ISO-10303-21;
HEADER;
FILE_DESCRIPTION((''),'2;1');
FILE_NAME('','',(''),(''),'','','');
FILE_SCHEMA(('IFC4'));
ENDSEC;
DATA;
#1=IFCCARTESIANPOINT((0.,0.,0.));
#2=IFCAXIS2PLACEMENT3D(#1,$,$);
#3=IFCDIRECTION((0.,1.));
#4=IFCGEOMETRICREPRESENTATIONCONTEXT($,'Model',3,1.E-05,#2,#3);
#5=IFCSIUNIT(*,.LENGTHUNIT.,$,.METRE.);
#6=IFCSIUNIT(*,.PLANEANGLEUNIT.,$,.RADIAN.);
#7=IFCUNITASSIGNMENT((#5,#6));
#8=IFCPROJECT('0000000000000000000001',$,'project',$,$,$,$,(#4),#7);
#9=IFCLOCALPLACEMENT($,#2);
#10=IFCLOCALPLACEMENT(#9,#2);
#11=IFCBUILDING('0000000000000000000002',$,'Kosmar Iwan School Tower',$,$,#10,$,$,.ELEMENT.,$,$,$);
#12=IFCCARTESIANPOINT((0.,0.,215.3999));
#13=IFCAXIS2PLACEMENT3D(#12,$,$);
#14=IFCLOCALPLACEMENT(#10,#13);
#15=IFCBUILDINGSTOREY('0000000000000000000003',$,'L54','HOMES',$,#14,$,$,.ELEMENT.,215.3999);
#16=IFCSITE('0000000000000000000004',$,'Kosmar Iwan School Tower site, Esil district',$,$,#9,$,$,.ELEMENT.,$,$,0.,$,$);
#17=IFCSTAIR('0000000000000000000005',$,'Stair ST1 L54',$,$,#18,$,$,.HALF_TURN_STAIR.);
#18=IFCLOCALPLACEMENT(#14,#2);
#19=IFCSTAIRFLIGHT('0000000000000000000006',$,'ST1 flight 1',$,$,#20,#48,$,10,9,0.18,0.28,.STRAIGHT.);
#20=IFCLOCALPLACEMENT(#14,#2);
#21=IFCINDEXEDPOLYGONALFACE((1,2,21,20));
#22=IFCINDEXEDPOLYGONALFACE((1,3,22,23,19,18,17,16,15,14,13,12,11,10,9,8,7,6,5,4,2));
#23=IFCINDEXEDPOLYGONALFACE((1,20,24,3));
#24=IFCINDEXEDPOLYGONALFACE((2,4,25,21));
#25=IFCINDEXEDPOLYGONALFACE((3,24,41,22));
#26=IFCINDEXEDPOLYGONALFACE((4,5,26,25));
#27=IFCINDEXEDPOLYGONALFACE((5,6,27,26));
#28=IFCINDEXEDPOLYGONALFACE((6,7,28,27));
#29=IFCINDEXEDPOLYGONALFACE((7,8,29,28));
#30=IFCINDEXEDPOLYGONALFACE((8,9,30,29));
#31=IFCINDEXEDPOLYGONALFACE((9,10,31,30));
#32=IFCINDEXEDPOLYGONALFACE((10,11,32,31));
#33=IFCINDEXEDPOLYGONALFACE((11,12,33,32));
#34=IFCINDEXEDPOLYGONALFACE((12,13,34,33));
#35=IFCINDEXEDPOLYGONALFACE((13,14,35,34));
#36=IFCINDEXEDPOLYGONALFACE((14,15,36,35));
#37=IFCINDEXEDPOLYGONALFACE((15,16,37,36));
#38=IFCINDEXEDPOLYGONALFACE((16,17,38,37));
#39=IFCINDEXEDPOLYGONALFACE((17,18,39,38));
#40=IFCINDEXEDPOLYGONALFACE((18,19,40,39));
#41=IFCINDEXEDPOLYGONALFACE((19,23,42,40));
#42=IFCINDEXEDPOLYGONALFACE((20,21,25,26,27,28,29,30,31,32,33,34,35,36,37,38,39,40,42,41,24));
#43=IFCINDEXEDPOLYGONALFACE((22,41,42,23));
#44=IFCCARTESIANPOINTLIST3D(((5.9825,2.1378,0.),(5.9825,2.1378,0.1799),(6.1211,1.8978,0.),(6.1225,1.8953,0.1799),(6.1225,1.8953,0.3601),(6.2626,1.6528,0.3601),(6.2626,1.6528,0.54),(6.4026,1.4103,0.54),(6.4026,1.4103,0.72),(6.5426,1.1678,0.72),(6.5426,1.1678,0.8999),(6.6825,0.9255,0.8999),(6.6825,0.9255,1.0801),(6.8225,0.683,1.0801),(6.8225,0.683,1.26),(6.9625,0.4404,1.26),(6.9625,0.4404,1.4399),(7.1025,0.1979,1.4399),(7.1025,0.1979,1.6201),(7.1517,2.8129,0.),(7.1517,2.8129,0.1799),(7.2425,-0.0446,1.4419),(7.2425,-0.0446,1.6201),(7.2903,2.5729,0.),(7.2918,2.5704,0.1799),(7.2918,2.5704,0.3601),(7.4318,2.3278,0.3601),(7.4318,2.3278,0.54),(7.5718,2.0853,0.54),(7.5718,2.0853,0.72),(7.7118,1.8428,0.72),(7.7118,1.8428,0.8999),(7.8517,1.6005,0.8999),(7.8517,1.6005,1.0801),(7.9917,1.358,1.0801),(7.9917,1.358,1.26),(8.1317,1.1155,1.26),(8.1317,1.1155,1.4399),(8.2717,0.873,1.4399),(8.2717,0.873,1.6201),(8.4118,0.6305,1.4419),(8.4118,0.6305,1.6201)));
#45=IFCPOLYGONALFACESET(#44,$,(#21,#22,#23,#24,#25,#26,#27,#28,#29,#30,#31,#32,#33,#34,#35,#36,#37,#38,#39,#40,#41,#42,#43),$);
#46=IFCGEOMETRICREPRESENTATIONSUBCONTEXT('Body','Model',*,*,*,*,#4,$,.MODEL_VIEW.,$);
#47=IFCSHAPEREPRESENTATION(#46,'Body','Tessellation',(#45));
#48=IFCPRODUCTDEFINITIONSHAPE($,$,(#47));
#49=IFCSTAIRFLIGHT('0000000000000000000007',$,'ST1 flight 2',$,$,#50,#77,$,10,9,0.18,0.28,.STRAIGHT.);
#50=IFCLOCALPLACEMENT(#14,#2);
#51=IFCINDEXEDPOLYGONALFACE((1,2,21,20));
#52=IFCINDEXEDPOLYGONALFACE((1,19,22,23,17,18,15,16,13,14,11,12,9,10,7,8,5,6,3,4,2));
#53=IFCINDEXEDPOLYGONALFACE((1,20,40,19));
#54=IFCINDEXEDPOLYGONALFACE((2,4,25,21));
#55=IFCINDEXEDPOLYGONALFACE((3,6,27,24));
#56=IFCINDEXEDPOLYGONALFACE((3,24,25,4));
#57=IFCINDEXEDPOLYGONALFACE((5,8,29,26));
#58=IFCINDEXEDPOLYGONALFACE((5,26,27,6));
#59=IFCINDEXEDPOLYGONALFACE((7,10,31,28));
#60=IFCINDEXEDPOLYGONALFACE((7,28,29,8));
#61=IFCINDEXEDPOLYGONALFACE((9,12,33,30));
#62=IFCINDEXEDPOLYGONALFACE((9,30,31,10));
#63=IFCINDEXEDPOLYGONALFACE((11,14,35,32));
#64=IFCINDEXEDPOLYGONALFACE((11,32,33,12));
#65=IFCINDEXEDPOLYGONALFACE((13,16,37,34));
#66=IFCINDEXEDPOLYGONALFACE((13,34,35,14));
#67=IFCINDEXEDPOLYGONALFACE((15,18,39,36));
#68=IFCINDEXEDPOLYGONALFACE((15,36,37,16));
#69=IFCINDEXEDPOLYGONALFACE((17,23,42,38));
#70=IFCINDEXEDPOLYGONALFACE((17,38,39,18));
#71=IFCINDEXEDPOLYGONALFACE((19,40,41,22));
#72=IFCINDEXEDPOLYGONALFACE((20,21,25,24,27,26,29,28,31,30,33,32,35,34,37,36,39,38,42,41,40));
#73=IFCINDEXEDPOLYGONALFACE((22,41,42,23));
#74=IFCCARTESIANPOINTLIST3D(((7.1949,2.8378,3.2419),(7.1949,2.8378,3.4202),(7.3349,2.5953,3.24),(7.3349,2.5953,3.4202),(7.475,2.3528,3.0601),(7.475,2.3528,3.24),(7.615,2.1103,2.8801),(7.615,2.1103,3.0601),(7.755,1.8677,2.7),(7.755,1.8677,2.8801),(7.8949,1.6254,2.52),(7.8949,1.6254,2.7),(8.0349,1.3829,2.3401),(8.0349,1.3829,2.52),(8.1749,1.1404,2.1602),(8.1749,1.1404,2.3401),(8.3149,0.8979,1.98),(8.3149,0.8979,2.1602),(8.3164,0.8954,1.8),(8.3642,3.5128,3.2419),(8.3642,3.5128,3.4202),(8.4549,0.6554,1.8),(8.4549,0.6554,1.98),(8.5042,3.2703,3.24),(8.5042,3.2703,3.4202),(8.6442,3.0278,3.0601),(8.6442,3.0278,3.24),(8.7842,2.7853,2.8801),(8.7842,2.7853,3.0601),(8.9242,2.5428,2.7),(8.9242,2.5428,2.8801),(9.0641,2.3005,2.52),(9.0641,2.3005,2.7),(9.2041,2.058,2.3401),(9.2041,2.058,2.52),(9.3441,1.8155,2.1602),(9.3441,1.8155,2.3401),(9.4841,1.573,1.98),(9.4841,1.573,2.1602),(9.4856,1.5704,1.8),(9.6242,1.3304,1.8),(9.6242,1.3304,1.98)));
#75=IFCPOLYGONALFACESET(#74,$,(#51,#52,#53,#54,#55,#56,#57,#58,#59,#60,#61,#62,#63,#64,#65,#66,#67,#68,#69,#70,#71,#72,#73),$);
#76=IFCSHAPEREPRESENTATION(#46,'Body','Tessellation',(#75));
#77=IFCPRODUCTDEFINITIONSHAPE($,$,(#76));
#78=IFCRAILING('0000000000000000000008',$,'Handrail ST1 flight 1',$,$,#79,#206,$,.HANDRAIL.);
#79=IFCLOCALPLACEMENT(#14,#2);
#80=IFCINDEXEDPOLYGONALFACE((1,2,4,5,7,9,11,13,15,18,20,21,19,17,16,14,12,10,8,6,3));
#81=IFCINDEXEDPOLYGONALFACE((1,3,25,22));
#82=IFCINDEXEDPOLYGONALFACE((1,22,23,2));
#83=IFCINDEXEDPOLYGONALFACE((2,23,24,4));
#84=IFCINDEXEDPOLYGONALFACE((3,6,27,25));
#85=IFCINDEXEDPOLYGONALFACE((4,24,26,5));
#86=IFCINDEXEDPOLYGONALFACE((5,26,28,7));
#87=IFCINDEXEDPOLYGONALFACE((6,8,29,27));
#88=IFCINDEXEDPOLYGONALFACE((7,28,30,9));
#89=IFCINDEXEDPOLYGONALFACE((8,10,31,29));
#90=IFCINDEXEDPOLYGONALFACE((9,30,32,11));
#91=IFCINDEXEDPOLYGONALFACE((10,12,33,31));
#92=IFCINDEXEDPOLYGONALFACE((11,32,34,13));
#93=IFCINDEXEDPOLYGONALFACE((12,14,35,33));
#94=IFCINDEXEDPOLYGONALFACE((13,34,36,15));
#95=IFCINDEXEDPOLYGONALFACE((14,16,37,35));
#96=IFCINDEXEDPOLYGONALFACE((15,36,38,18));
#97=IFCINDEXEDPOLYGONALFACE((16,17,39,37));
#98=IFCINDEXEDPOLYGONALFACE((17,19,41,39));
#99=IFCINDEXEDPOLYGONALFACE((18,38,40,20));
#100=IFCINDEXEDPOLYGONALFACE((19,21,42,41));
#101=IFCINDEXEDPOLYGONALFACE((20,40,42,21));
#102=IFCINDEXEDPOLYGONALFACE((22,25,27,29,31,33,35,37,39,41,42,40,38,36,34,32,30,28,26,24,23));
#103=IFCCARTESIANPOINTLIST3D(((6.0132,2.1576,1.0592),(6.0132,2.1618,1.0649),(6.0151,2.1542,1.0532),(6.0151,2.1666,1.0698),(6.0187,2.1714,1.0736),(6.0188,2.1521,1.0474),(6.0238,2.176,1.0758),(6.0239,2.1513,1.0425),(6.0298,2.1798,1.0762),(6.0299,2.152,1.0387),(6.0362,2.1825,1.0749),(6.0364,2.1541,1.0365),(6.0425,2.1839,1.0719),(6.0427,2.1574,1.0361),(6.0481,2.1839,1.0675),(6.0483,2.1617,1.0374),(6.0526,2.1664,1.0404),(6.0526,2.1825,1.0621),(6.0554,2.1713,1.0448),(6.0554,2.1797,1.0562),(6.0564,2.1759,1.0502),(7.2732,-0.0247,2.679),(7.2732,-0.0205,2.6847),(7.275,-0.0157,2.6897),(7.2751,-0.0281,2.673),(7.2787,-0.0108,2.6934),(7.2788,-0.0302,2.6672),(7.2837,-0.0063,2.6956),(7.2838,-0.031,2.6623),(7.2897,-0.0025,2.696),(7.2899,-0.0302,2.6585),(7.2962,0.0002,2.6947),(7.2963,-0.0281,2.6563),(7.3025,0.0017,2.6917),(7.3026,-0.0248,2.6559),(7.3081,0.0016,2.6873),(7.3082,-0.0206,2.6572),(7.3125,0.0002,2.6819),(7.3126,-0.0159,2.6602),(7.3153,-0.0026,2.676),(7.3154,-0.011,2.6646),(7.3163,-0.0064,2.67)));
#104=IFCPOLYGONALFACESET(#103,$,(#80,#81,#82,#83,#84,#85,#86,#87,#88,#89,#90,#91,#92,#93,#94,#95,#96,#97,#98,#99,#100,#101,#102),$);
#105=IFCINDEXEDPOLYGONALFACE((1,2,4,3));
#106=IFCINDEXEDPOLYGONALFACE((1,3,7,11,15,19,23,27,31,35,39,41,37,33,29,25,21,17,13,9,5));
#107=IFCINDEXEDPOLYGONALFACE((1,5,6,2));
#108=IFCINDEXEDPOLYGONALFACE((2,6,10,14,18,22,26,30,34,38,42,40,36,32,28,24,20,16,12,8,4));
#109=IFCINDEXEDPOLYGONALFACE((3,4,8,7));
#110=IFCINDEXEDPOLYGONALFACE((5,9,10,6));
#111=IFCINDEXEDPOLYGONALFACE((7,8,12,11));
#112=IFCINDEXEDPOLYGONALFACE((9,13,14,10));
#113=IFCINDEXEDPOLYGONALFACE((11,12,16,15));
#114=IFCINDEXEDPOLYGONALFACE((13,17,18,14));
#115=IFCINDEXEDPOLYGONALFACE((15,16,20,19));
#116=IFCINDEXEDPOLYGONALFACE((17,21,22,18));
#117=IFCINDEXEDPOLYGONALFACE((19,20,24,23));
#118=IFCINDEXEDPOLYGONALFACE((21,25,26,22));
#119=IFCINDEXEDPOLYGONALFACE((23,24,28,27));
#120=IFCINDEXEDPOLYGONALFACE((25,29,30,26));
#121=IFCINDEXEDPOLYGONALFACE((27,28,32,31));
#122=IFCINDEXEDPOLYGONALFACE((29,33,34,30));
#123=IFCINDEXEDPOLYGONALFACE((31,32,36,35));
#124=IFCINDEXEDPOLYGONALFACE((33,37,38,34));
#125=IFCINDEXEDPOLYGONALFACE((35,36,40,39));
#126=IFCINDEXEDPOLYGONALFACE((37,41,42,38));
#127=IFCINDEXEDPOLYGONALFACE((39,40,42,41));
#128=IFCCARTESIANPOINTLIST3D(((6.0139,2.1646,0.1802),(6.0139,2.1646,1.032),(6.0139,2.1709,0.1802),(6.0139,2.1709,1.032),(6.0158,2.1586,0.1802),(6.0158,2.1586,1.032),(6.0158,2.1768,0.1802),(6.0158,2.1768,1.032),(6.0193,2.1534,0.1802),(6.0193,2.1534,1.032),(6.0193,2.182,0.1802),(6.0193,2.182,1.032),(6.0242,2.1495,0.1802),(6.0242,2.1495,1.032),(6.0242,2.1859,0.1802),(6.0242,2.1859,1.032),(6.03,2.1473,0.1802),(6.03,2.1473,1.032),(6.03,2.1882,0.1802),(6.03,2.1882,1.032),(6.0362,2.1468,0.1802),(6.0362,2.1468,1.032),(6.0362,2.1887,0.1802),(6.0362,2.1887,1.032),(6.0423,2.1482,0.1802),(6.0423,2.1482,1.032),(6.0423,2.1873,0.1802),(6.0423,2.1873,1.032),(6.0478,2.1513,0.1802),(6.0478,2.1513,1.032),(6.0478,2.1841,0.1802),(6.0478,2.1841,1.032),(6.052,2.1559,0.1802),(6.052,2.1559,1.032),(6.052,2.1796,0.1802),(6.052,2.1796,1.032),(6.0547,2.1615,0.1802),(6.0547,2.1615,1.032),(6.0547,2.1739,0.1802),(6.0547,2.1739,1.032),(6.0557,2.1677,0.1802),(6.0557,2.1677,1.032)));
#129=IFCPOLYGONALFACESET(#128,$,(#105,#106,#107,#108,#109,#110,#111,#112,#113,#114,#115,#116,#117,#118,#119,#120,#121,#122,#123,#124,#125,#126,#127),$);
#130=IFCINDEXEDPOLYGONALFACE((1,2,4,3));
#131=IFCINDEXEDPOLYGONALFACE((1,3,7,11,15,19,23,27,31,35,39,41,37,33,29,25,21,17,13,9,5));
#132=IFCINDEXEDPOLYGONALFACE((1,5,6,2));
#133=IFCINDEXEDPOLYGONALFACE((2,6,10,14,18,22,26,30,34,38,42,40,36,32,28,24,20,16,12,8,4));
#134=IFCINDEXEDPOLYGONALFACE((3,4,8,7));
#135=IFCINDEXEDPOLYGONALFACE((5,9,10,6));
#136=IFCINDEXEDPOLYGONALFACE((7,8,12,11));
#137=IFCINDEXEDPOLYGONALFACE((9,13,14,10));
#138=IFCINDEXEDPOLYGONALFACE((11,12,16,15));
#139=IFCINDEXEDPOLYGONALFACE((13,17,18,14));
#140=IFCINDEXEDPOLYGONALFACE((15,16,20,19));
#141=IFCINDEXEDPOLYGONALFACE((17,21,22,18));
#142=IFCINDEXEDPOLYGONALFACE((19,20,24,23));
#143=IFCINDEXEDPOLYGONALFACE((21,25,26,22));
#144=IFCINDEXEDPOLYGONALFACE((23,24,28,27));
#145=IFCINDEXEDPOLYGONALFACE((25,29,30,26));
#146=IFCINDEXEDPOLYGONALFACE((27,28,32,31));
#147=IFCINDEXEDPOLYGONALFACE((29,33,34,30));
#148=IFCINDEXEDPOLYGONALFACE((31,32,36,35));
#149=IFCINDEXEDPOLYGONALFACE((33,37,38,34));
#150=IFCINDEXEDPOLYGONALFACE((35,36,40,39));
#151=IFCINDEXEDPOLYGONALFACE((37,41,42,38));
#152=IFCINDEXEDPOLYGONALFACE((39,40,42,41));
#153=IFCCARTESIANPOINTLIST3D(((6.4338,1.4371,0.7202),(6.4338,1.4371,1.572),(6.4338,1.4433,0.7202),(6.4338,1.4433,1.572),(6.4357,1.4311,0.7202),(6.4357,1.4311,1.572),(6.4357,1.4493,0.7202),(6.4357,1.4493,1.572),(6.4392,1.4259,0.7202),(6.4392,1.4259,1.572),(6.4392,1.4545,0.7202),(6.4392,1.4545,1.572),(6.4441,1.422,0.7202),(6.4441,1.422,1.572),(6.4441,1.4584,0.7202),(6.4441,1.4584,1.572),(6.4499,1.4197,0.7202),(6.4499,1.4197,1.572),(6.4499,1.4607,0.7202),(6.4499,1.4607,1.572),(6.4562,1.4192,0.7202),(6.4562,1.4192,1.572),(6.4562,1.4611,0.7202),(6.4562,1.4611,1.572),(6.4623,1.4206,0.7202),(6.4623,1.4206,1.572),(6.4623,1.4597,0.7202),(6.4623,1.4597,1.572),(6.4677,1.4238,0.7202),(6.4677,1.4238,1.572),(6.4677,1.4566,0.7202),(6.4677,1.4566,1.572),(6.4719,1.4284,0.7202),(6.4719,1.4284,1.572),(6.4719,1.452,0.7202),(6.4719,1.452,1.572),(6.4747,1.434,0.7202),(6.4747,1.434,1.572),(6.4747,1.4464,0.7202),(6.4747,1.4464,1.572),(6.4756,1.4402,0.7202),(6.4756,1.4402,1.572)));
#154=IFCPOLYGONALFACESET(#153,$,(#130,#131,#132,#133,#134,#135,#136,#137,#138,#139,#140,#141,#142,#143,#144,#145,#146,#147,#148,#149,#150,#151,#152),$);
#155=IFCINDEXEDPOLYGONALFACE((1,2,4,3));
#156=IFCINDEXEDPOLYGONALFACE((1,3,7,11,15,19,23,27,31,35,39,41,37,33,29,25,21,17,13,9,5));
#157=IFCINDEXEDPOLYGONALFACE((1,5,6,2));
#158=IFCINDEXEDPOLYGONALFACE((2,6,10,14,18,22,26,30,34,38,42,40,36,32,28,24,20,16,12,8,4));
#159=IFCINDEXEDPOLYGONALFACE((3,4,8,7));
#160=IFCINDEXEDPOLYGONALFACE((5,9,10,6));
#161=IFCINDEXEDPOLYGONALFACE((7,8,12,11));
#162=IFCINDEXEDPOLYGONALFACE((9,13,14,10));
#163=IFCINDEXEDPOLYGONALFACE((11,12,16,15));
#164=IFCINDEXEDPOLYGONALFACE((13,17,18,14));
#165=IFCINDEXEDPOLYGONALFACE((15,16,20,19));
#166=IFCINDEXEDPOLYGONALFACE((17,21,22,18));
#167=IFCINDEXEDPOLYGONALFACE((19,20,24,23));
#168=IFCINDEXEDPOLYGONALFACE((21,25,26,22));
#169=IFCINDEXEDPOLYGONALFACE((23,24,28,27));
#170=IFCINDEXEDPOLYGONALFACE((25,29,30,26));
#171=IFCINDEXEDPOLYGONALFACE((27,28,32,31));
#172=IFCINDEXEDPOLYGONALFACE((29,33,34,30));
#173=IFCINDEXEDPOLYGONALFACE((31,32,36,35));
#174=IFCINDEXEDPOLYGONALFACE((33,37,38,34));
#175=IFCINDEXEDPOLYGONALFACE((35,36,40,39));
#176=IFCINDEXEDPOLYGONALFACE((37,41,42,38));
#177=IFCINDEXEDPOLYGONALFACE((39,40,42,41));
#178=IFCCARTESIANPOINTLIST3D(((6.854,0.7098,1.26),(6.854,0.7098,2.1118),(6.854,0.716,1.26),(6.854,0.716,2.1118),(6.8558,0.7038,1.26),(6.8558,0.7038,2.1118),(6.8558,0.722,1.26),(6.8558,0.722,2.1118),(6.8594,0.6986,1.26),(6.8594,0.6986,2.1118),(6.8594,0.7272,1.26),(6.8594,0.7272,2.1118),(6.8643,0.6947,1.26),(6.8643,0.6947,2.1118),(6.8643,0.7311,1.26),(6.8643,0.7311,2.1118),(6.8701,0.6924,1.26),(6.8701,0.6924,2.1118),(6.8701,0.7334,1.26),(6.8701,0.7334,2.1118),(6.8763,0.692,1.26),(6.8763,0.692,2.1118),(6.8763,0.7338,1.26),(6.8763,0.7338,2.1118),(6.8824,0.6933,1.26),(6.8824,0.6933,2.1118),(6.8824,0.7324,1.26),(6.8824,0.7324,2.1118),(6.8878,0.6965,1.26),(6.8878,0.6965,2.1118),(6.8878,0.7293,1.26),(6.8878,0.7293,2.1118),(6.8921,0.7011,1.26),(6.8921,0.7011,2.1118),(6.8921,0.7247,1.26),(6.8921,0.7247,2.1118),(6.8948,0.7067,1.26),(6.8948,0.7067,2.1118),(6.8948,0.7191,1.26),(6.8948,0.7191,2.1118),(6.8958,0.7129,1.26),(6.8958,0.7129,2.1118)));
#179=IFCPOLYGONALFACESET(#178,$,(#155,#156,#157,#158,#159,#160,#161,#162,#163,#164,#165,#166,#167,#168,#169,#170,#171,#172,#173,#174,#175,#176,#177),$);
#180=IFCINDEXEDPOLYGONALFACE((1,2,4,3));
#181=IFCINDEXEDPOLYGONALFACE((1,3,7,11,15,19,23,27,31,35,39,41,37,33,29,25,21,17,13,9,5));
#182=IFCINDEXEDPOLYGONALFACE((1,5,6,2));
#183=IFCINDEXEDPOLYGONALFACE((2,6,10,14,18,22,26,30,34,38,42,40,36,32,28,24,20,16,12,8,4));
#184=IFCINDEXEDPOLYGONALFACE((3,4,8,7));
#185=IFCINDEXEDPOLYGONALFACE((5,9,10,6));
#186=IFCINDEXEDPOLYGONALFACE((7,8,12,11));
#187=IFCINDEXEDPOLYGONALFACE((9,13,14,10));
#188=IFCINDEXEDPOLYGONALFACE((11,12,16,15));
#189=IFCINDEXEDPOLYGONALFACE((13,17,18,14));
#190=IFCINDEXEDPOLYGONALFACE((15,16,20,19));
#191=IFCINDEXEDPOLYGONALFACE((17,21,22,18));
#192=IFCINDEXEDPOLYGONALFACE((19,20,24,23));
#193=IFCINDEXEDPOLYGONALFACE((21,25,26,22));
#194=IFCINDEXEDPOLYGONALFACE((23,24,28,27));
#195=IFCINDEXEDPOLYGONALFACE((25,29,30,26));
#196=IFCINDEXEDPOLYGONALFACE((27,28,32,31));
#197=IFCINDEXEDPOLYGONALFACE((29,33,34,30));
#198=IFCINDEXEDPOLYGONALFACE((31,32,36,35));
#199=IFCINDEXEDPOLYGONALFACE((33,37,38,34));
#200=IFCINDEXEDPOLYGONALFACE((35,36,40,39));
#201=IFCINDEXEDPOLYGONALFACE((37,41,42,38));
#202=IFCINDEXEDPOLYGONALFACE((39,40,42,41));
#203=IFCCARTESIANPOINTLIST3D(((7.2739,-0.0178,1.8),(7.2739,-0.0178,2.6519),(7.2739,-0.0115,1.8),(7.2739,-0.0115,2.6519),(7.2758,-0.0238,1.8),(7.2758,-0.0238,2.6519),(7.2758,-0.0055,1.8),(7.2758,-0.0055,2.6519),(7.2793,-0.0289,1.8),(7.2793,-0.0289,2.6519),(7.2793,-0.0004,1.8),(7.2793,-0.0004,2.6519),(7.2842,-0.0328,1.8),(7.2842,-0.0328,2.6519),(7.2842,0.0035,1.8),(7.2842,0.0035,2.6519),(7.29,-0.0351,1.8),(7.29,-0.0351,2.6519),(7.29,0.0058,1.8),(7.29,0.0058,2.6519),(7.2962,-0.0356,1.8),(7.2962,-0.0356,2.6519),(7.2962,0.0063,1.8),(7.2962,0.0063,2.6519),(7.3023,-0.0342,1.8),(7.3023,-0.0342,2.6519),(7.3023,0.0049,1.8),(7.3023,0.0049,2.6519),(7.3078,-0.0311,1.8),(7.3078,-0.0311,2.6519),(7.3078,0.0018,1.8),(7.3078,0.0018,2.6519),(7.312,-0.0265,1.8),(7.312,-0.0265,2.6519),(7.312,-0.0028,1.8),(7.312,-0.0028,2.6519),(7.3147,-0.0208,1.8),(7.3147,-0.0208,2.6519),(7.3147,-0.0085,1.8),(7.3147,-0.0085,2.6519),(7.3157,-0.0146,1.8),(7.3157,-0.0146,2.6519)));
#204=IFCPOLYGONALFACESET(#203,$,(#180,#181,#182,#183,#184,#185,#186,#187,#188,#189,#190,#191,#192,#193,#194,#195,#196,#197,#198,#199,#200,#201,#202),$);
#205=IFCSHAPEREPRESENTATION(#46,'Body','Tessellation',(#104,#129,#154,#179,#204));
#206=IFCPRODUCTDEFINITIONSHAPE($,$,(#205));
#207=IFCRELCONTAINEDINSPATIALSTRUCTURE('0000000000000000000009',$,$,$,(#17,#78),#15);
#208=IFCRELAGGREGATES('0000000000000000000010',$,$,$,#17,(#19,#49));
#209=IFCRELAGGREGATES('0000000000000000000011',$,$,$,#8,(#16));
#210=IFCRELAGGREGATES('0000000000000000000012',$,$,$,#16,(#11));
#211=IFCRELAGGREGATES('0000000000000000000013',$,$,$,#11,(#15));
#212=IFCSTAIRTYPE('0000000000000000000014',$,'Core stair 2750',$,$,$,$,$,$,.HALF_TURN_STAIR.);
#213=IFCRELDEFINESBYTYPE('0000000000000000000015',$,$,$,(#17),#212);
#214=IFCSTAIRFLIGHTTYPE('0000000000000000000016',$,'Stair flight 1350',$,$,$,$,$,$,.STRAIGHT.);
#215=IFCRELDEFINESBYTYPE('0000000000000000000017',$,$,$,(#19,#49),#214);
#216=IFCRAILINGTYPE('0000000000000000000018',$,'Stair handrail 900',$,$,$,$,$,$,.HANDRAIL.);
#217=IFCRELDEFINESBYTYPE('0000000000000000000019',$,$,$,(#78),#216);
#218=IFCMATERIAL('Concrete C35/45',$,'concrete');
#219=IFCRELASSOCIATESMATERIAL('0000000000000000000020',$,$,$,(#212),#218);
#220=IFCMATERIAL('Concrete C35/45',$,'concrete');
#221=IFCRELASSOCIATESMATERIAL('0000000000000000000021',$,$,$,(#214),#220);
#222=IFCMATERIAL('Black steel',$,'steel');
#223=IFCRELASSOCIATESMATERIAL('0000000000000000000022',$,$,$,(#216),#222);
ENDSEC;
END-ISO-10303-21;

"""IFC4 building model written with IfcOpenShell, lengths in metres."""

from ifc_helpers import new_model, si_unit, direction, frame, origin, origin_2d, place, context, subcontext, project, spatial, polyline, circle, outline, extrude, material, type_object, element, aggregate, save


model = new_model("IFC4")

# Units and contexts
model_context = context("Model", 3, precision=1e-05, world=origin(), true_north=direction((0.0, 1.0)))
body_context = subcontext(model_context, "Body", "Model", "MODEL_VIEW")
ifc_project = project(units=[si_unit("LENGTHUNIT", "METRE"), si_unit("PLANEANGLEUNIT", "RADIAN")], contexts=[model_context])

# Site, building, storey
site_placement = place(None, origin())
site = spatial("IfcSite", under=ifc_project, at=site_placement, Name="Kosmar Iwan School Tower site, Esil district", CompositionType="ELEMENT", RefElevation=0.0)
building_placement = place(site_placement, origin())
building = spatial("IfcBuilding", under=site, at=building_placement, Name="Kosmar Iwan School Tower", CompositionType="ELEMENT")
storey_placement = place(building_placement, frame((0.0, 0.0, 215.3999)))
storey = spatial("IfcBuildingStorey", under=building, at=storey_placement, Name="L54", Description="HOMES", CompositionType="ELEMENT", Elevation=215.3999)

# Stair, stair flights
ifc_material_1 = material(Name="Concrete C35/45", Category="concrete")
stair_type = type_object("IfcStairType", Name="Core stair 2750", PredefinedType="HALF_TURN_STAIR", material=ifc_material_1)
stair_placement = place(storey_placement, origin())
stair = element("IfcStair", 1, at=stair_placement, inside=storey, type_object=stair_type, Name="Stair ST1 L54", PredefinedType="HALF_TURN_STAIR")
ifc_material_2 = material(Name="Concrete C35/45", Category="concrete")
stair_flight_type = type_object("IfcStairFlightType", Name="Stair flight 1350", PredefinedType="STRAIGHT", material=ifc_material_2)
stair_flight_1_placement = place(storey_placement, frame((6.5671, 2.4753, 0.0), z_axis=(0.0, 0.0, 1.0), x_axis=(0.5, -0.866025, 0.0)))
stair_flight_1 = element("IfcStairFlight", 2, at=stair_flight_1_placement, type_object=stair_flight_type, Name="ST1 flight 1", NumberOfRisers=10, NumberOfTreads=9, PredefinedType="STRAIGHT", RiserHeight=0.18, TreadLength=0.28, context=body_context, shape_type="SweptSolid", body=[
    extrude(outline(polyline([(0.0, 0.0), (0.0, 0.1799), (0.28, 0.1799), (0.28, 0.3601), (0.5601, 0.3601), (0.5601, 0.54), (0.8401, 0.54), (0.8401, 0.72), (1.1201, 0.72), (1.1201, 0.8999), (1.3999, 0.8999), (1.3999, 1.0801), (1.6799, 1.0801), (1.6799, 1.26), (1.96, 1.26), (1.96, 1.4399), (2.24, 1.4399), (2.24, 1.6201), (2.52, 1.6201), (2.52, 1.8), (2.52, 1.4419), (0.2771, 0.0), (0.0, 0.0)])), frame((0.0, 0.675, 0.0), z_axis=(0.0, -1.0, 0.0), x_axis=(1.0, 0.0, 0.0)), (0.0, 0.0, 1.0), 1.3501),
])
stair_flight_2_placement = place(storey_placement, frame((9.0396, 0.9929, 1.8), z_axis=(0.0, 0.0, 1.0), x_axis=(-0.5, 0.866025, 0.0)))
stair_flight_2 = element("IfcStairFlight", 3, at=stair_flight_2_placement, type_object=stair_flight_type, Name="ST1 flight 2", NumberOfRisers=10, NumberOfTreads=9, PredefinedType="STRAIGHT", RiserHeight=0.18, TreadLength=0.28, context=body_context, shape_type="SweptSolid", body=[
    extrude(outline(polyline([(0.0, 0.0), (0.0, 0.1799), (0.28, 0.1799), (0.28, 0.3601), (0.5601, 0.3601), (0.5601, 0.54), (0.8401, 0.54), (0.8401, 0.72), (1.1201, 0.72), (1.1201, 0.8999), (1.3999, 0.8999), (1.3999, 1.0801), (1.6799, 1.0801), (1.6799, 1.26), (1.96, 1.26), (1.96, 1.4399), (2.24, 1.4399), (2.24, 1.6201), (2.52, 1.6201), (2.52, 1.8), (2.52, 1.4419), (0.2771, 0.0), (0.0, 0.0)])), frame((0.0, 0.675, 0.0), z_axis=(0.0, -1.0, 0.0), x_axis=(1.0, 0.0, 0.0)), (0.0, 0.0, 1.0), 1.3501),
])
aggregate(stair, [stair_flight_1, stair_flight_2])

# Railing
ifc_material_3 = material(Name="Black steel", Category="steel")
railing_type = type_object("IfcRailingType", Name="Stair handrail 900", PredefinedType="HANDRAIL", material=ifc_material_3)
railing_1_placement = place(storey_placement, frame((6.0347, 2.1677, 0.1802)))
element("IfcRailing", 4, at=railing_1_placement, inside=storey, type_object=railing_type, Name="Handrail ST1 flight 1", PredefinedType="HANDRAIL", context=body_context, shape_type="SweptSolid", body=[
    extrude(circle(Radius=0.0239, at=origin_2d()), frame((0.0, 0.0, 0.876), z_axis=(0.420603, -0.728496, 0.540728), x_axis=(0.866023, 0.500005, 0.0)), (0.0, 0.0, 1.0), 2.9956),
    extrude(circle(Radius=0.021, at=origin_2d()), origin(), (0.0, 0.0, 1.0), 0.8518),
    extrude(circle(Radius=0.021, at=origin_2d()), frame((0.4199, -0.7275, 0.54)), (0.0, 0.0, 1.0), 0.8518),
    extrude(circle(Radius=0.021, at=origin_2d()), frame((0.8401, -1.4548, 1.0798)), (0.0, 0.0, 1.0), 0.8518),
    extrude(circle(Radius=0.021, at=origin_2d()), frame((1.26, -2.1824, 1.6199)), (0.0, 0.0, 1.0), 0.8518),
])

save(model, "model.ifc")
